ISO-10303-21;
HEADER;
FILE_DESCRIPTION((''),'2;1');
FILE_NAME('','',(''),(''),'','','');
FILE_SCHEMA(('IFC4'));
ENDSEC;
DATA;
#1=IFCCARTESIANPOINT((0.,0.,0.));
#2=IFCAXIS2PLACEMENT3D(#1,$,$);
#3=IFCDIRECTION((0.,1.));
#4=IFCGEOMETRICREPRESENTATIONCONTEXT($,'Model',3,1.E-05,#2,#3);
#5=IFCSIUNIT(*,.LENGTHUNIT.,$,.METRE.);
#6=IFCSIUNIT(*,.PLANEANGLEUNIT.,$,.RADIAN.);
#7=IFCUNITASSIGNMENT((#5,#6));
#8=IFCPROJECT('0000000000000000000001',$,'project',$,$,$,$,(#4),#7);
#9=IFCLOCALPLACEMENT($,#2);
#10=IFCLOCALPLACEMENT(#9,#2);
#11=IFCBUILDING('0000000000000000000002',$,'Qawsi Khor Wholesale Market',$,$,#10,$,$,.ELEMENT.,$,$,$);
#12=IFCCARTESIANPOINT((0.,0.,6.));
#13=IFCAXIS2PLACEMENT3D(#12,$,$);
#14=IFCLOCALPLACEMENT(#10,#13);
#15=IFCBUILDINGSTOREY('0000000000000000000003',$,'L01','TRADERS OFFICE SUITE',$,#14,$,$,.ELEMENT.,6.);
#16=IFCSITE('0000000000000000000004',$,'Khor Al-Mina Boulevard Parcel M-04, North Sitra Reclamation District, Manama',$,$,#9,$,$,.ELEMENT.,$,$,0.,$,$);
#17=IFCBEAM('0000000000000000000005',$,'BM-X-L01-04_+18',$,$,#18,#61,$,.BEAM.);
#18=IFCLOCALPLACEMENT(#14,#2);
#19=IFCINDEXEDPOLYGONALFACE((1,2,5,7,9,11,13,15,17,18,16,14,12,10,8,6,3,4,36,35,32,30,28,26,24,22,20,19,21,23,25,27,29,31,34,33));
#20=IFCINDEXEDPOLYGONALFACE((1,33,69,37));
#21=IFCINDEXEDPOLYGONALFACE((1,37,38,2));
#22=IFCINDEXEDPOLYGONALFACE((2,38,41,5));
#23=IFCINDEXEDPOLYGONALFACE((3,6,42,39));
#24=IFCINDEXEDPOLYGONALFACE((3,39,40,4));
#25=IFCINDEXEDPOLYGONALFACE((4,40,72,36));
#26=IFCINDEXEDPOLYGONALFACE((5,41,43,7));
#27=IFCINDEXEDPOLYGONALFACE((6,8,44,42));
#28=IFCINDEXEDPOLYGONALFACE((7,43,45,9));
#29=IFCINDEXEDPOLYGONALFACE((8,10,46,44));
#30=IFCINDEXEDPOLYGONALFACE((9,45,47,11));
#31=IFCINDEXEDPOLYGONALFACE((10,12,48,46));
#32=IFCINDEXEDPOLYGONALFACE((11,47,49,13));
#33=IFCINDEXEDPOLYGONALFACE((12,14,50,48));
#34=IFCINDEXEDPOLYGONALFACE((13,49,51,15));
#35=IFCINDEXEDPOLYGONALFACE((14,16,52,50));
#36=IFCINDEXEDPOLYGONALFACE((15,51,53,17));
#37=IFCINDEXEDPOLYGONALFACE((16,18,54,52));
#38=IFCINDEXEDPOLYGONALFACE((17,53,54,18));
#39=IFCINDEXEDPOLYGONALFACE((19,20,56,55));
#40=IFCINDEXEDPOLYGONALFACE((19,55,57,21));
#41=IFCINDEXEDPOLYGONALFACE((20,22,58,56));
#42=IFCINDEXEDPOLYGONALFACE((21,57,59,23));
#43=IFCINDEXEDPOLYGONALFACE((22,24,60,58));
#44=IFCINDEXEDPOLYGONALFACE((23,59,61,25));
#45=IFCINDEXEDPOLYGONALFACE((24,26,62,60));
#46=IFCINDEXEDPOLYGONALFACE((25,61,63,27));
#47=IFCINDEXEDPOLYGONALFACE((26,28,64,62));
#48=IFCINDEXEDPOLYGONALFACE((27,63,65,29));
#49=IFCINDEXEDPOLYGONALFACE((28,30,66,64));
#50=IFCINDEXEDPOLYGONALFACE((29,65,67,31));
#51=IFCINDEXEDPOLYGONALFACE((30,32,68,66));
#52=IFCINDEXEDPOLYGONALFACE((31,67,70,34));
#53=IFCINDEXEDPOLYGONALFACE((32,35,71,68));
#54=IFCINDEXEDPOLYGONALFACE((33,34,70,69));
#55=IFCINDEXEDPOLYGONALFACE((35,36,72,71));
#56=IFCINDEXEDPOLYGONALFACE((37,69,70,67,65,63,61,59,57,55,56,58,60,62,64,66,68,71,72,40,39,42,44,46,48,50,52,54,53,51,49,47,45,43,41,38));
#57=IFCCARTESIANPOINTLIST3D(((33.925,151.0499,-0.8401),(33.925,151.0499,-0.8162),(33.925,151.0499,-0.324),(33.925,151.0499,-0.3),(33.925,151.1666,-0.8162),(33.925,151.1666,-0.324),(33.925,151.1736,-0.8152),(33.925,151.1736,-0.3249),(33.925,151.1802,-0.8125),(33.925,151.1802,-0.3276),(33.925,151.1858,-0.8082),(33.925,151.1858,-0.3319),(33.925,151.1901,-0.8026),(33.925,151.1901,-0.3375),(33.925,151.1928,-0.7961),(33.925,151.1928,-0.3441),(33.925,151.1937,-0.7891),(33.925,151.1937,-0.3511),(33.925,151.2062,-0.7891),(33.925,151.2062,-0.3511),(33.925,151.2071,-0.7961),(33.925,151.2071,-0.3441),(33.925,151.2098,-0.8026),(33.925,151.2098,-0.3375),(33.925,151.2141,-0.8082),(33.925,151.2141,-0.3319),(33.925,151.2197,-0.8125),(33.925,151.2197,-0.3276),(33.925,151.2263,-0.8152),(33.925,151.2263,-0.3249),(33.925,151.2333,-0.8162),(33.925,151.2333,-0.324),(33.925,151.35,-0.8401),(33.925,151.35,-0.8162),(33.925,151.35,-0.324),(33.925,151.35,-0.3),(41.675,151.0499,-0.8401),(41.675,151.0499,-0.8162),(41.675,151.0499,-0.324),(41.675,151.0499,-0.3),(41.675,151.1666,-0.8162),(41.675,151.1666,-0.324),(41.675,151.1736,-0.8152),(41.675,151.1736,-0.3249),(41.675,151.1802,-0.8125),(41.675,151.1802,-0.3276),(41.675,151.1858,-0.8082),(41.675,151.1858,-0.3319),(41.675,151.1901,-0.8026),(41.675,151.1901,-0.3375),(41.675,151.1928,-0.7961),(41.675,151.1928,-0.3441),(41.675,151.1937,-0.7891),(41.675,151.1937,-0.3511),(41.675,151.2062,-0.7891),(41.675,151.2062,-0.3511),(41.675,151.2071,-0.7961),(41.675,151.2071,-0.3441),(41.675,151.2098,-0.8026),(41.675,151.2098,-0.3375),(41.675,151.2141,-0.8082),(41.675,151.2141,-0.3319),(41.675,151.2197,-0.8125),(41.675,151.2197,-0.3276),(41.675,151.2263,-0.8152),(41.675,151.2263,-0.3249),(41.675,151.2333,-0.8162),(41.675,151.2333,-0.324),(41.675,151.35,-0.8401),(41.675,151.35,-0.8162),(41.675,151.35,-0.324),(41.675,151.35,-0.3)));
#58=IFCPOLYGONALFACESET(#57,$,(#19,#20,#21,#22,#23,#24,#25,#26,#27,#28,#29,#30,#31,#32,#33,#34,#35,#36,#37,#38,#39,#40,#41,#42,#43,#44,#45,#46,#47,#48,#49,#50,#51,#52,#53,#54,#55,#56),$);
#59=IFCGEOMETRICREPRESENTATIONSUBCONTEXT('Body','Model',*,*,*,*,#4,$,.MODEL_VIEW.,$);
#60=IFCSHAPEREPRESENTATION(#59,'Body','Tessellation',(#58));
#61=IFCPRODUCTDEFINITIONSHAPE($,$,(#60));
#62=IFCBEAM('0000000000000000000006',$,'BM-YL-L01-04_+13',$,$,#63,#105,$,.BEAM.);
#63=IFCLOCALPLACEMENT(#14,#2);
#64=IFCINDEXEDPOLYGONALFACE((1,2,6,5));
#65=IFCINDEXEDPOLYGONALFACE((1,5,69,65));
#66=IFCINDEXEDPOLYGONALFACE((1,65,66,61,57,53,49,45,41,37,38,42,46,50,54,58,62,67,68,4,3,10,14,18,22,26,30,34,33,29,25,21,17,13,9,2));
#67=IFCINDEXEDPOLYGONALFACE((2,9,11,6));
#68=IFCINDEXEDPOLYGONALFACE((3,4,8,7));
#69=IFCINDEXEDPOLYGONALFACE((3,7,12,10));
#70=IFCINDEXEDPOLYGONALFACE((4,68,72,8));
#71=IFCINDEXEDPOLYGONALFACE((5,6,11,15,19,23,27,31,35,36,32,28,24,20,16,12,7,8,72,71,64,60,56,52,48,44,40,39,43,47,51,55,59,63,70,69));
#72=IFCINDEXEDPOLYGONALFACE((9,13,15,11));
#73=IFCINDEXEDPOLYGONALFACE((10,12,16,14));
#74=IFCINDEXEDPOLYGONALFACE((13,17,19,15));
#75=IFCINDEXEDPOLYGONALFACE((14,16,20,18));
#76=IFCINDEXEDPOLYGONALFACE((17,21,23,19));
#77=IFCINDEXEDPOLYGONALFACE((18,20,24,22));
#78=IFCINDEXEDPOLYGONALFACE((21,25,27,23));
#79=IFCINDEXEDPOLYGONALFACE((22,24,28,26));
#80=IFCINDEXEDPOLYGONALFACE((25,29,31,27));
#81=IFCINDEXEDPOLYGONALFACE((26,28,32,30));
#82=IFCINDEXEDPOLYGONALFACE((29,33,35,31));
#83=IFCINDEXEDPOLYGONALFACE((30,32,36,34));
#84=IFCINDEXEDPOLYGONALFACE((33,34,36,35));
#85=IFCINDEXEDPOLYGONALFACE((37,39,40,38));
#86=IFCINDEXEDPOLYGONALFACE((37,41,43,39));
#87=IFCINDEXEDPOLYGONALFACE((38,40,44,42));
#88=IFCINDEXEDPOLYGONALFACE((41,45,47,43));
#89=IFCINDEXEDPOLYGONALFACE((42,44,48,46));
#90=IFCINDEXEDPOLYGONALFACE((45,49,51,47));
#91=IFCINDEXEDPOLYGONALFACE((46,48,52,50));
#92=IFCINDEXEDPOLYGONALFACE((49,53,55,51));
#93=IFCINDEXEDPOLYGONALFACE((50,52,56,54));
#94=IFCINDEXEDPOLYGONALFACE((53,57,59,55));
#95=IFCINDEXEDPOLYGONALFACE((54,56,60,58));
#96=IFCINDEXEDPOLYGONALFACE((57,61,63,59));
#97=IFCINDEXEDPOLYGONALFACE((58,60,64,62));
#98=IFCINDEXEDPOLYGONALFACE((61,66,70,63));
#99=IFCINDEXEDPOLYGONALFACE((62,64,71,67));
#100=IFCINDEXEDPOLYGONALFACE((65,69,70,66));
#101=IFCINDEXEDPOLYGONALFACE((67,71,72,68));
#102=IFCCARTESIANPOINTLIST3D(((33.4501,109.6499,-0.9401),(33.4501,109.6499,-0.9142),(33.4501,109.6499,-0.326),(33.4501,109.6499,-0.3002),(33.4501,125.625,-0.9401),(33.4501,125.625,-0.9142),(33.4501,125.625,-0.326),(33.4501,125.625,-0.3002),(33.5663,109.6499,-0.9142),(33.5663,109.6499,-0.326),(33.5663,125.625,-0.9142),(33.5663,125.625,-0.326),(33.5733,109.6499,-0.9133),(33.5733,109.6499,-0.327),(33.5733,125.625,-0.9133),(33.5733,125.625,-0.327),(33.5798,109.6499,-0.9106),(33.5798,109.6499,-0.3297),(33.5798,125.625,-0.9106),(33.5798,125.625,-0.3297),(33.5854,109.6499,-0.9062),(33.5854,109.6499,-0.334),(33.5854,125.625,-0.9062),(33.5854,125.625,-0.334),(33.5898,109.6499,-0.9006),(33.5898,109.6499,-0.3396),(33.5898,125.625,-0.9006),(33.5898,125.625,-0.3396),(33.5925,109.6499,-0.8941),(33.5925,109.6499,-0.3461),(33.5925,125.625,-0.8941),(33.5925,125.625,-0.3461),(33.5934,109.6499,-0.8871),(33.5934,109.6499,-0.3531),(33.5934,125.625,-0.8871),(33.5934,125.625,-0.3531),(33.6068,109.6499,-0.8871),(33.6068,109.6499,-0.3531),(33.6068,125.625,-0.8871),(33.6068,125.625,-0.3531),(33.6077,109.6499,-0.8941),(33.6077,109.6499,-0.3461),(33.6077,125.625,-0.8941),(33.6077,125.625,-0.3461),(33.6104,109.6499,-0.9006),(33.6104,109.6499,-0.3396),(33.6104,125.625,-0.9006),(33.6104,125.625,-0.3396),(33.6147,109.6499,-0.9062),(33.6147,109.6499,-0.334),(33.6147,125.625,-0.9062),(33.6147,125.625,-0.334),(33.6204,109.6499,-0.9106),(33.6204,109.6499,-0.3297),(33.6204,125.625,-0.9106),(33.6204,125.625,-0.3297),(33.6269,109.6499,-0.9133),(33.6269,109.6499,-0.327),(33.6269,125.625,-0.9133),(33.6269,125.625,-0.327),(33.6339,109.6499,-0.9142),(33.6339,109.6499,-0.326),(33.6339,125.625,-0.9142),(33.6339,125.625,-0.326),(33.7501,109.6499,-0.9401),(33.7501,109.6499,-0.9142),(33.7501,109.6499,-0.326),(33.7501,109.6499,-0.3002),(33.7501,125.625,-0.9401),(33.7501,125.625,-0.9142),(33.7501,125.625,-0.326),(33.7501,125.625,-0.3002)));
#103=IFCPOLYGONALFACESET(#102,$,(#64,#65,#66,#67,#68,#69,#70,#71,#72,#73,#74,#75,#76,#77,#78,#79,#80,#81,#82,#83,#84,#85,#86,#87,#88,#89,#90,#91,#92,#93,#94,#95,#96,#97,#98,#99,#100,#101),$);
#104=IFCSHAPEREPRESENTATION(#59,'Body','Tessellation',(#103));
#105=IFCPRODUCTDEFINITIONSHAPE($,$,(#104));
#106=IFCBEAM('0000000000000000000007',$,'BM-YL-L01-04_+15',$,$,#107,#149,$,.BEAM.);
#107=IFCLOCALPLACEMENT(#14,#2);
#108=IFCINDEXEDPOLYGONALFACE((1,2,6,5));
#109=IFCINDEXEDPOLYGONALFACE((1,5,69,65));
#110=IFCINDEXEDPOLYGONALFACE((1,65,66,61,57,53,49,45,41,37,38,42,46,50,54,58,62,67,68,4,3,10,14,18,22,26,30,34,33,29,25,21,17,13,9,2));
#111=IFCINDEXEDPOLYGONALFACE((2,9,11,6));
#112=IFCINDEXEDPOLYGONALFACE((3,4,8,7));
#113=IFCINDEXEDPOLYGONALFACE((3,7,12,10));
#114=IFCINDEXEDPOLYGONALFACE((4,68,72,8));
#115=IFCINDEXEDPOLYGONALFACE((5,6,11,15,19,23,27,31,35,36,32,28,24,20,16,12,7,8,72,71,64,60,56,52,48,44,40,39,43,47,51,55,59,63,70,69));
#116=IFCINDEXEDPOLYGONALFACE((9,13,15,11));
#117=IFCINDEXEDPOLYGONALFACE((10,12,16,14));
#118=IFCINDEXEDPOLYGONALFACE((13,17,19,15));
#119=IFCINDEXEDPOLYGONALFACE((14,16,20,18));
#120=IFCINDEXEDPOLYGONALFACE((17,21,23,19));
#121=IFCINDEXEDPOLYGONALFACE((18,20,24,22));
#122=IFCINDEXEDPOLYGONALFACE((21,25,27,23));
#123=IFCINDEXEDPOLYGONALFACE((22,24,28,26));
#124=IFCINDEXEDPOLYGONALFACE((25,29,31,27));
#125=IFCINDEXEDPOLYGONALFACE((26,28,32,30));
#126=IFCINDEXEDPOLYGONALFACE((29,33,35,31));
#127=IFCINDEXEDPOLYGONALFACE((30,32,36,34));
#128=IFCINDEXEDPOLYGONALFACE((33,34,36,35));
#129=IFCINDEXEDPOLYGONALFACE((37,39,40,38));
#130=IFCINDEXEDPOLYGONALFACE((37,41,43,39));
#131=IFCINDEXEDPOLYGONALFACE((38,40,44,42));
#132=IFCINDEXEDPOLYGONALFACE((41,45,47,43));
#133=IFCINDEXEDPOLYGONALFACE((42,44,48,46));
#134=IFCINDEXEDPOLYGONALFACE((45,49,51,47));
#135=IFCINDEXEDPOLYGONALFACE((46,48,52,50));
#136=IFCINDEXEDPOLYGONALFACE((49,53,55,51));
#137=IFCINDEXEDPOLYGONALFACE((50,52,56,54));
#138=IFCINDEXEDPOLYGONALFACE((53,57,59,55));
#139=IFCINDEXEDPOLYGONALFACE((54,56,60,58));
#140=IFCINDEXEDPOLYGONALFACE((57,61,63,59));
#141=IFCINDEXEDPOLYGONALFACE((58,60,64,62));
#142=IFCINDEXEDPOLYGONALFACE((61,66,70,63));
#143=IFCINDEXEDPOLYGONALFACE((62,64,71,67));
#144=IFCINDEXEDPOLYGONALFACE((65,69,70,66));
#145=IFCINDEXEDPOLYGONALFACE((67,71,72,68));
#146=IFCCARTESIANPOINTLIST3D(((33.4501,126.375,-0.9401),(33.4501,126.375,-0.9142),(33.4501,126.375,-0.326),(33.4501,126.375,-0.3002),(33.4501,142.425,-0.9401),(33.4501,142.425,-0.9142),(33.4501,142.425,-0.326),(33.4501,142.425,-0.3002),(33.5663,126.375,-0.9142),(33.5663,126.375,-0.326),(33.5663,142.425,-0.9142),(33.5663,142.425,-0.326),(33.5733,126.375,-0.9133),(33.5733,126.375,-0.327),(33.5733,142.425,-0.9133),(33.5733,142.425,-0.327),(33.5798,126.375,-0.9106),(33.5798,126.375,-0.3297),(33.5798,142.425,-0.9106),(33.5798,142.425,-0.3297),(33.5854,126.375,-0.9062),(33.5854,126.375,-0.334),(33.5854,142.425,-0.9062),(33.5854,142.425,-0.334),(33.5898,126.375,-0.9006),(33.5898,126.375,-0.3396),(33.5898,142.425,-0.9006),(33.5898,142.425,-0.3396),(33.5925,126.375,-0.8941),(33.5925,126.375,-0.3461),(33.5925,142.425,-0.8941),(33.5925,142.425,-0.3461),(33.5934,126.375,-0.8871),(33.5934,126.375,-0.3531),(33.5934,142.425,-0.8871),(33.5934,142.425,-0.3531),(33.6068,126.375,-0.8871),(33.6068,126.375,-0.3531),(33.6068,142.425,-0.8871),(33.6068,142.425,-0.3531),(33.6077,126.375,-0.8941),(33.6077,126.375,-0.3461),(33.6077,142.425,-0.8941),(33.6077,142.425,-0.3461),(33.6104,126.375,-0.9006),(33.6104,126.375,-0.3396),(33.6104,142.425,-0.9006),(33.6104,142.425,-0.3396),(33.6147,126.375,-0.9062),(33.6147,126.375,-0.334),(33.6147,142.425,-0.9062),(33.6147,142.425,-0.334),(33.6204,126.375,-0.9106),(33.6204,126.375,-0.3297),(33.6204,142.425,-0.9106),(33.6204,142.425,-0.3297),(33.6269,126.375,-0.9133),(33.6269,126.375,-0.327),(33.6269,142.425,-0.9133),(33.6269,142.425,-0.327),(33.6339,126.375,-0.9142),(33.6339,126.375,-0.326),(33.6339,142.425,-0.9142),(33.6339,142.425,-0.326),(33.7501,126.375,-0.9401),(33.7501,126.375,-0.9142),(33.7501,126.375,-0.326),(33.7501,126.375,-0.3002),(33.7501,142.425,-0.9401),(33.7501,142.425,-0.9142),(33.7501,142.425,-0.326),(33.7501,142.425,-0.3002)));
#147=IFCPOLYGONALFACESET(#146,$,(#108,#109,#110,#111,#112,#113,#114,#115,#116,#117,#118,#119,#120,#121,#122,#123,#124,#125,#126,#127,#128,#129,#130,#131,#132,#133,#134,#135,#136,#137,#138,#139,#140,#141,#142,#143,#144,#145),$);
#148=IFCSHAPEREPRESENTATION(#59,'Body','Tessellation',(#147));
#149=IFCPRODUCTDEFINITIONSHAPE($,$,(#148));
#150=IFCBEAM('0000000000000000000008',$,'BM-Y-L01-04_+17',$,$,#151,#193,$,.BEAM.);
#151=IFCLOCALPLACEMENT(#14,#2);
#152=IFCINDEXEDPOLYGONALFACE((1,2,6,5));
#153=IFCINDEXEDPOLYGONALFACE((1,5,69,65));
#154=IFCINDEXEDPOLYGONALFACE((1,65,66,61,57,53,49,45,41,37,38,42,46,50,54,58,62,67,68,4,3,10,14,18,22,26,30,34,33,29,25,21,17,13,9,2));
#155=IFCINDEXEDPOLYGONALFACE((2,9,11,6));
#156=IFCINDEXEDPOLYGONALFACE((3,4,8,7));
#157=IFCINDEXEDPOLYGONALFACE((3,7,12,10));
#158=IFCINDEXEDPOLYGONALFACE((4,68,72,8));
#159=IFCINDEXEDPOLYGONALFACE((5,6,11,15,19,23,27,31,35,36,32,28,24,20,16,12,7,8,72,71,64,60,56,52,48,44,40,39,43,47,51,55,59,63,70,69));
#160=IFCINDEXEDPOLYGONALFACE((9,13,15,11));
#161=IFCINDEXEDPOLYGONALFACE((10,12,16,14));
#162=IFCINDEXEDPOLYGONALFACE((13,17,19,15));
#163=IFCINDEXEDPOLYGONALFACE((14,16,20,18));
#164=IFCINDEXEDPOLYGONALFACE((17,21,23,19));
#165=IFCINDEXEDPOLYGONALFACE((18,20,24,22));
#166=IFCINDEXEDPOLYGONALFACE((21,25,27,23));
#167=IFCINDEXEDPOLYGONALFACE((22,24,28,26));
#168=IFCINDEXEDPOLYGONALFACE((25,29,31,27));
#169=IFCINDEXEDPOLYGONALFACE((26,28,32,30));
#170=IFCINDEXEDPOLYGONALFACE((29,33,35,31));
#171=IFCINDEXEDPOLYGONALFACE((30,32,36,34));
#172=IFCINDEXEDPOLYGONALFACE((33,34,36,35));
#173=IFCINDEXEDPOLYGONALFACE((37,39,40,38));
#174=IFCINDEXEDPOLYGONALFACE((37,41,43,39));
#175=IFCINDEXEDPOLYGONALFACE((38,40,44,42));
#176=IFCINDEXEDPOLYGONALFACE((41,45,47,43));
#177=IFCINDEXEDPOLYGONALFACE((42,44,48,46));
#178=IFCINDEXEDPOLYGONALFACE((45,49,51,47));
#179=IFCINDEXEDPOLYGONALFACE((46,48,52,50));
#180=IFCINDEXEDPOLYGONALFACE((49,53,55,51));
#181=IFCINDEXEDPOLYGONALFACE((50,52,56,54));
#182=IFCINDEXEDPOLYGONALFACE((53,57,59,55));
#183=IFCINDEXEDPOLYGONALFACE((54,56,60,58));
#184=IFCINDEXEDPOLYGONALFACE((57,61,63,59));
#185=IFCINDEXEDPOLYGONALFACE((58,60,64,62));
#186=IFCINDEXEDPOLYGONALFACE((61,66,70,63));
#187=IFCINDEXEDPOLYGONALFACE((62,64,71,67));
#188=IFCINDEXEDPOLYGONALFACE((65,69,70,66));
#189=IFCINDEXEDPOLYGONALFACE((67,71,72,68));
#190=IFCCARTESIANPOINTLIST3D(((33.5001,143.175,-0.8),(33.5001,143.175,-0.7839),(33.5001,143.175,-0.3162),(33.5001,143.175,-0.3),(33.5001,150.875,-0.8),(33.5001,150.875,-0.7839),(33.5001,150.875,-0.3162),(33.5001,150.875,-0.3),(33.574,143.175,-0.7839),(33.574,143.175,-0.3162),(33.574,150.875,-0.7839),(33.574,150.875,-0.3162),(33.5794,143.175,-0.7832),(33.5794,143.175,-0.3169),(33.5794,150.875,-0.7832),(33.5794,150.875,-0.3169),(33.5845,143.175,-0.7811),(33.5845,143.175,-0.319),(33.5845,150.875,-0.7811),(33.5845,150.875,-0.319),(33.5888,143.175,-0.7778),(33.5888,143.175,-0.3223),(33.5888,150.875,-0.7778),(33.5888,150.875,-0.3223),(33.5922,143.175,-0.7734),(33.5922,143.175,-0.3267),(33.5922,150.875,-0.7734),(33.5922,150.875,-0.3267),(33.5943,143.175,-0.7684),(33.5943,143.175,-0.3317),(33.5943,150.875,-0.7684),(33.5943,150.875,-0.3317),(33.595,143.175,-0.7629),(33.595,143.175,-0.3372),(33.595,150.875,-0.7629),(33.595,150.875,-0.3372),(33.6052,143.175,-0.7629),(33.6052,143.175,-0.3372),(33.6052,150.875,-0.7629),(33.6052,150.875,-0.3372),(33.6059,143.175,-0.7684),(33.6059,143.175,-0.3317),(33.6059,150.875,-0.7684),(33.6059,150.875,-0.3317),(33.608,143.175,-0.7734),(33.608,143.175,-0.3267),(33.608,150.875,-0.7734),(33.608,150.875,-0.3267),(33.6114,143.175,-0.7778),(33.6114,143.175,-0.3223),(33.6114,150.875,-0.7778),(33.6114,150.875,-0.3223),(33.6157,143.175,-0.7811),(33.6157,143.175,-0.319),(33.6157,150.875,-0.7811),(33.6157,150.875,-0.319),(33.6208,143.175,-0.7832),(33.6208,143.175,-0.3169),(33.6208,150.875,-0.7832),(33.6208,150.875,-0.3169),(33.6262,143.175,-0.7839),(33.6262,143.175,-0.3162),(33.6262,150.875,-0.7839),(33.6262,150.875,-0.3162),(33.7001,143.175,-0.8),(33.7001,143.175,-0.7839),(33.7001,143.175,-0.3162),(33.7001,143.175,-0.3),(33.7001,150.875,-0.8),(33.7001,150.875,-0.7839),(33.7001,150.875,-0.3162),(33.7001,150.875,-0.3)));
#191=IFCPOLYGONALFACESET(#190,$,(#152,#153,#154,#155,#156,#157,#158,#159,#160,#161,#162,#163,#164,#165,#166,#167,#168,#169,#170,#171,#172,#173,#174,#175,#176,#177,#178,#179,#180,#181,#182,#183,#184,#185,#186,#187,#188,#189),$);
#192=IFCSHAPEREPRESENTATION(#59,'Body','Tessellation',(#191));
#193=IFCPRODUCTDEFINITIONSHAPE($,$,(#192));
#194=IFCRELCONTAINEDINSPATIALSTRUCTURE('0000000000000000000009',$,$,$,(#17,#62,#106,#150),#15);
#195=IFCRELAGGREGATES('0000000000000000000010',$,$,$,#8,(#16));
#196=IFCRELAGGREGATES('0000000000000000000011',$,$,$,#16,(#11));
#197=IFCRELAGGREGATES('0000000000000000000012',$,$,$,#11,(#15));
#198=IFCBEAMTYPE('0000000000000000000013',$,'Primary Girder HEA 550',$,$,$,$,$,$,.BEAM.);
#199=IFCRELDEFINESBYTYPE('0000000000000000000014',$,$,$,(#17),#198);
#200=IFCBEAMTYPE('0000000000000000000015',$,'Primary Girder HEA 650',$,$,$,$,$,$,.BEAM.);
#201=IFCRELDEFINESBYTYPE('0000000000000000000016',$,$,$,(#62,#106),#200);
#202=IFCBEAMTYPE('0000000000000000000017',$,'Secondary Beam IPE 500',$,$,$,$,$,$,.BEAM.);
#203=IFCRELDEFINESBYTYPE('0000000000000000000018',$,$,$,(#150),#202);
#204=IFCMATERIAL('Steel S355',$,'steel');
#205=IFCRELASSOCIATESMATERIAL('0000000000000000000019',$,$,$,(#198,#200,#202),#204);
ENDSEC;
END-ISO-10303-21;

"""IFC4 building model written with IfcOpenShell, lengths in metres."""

from ifc_helpers import new_model, si_unit, direction, frame, origin, origin_2d, place, context, subcontext, project, spatial, i_section, extrude, material, material_profile, profile_set, type_object, element, save


model = new_model("IFC4")

# Units and contexts
model_context = context("Model", 3, precision=1e-05, world=origin(), true_north=direction((0.0, 1.0)))
body_context = subcontext(model_context, "Body", "Model", "MODEL_VIEW")
ifc_project = project(units=[si_unit("LENGTHUNIT", "METRE"), si_unit("PLANEANGLEUNIT", "RADIAN")], contexts=[model_context])

# Site, building, storey
site_placement = place(None, origin())
site = spatial("IfcSite", under=ifc_project, at=site_placement, Name="Khor Al-Mina Boulevard Parcel M-04, North Sitra Reclamation District, Manama", CompositionType="ELEMENT", RefElevation=0.0)
building_placement = place(site_placement, origin())
building = spatial("IfcBuilding", under=site, at=building_placement, Name="Qawsi Khor Wholesale Market", CompositionType="ELEMENT")
storey_placement = place(building_placement, frame((0.0, 0.0, 6.0)))
storey = spatial("IfcBuildingStorey", under=building, at=storey_placement, Name="L01", Description="TRADERS OFFICE SUITE", CompositionType="ELEMENT", Elevation=6.0)

# Beams
ifc_material_1 = material(Name="Steel S355", Category="steel")
ifc_material_profile_1 = material_profile(ifc_material_1, i_section(OverallWidth=0.3, OverallDepth=0.54, WebThickness=0.0125, FlangeThickness=0.0239, FilletRadius=0.0271, at=origin_2d()), Name="HEA 550")
ifc_profile_set_1 = profile_set([ifc_material_profile_1], Name="Steel S355")
beam_type_1 = type_object("IfcBeamType", Name="Primary Girder HEA 550", PredefinedType="BEAM", material=ifc_profile_set_1)
beam_1_placement = place(storey_placement, frame((33.925, 151.2, -0.5701), z_axis=(1.0, 0.0, 0.0), x_axis=(0.0, 1.0, 0.0)))
element("IfcBeam", 1, at=beam_1_placement, inside=storey, type_object=beam_type_1, Name="BM-X-L01-04_+18", PredefinedType="BEAM", context=body_context, shape_type="SweptSolid", body=[
    extrude(i_section(OverallWidth=0.3, OverallDepth=0.54, WebThickness=0.0125, FlangeThickness=0.0239, FilletRadius=0.0271, at=origin_2d()), origin(), (0.0, 0.0, 1.0), 7.75),
])
ifc_material_profile_2 = material_profile(ifc_material_1, i_section(OverallWidth=0.3, OverallDepth=0.6399, WebThickness=0.0134, FlangeThickness=0.0259, FilletRadius=0.0271, at=origin_2d()), Name="HEA 650")
ifc_profile_set_2 = profile_set([ifc_material_profile_2], Name="Steel S355")
beam_type_2 = type_object("IfcBeamType", Name="Primary Girder HEA 650", PredefinedType="BEAM", material=ifc_profile_set_2)
beam_2_placement = place(storey_placement, frame((33.6001, 109.6499, -0.6201), z_axis=(0.0, 1.0, 0.0), x_axis=(-1.0, 0.0, 0.0)))
element("IfcBeam", 2, at=beam_2_placement, inside=storey, type_object=beam_type_2, Name="BM-YL-L01-04_+13", PredefinedType="BEAM", context=body_context, shape_type="SweptSolid", body=[
    extrude(i_section(OverallWidth=0.3, OverallDepth=0.6399, WebThickness=0.0134, FlangeThickness=0.0259, FilletRadius=0.0271, at=origin_2d()), origin(), (0.0, 0.0, 1.0), 15.9751),
])
beam_3_placement = place(storey_placement, frame((33.6001, 126.375, -0.6201), z_axis=(0.0, 1.0, 0.0), x_axis=(-1.0, 0.0, 0.0)))
element("IfcBeam", 3, at=beam_3_placement, inside=storey, type_object=beam_type_2, Name="BM-YL-L01-04_+15", PredefinedType="BEAM", context=body_context, shape_type="SweptSolid", body=[
    extrude(i_section(OverallWidth=0.3, OverallDepth=0.6399, WebThickness=0.0134, FlangeThickness=0.0259, FilletRadius=0.0271, at=origin_2d()), origin(), (0.0, 0.0, 1.0), 16.05),
])
ifc_material_profile_3 = material_profile(ifc_material_1, i_section(OverallWidth=0.2, OverallDepth=0.5, WebThickness=0.0103, FlangeThickness=0.0161, FilletRadius=0.021, at=origin_2d()), Name="IPE 500")
ifc_profile_set_3 = profile_set([ifc_material_profile_3], Name="Steel S355")
beam_type_3 = type_object("IfcBeamType", Name="Secondary Beam IPE 500", PredefinedType="BEAM", material=ifc_profile_set_3)
beam_4_placement = place(storey_placement, frame((33.6001, 143.175, -0.55), z_axis=(0.0, 1.0, 0.0), x_axis=(-1.0, 0.0, 0.0)))
element("IfcBeam", 4, at=beam_4_placement, inside=storey, type_object=beam_type_3, Name="BM-Y-L01-04_+17", PredefinedType="BEAM", context=body_context, shape_type="SweptSolid", body=[
    extrude(i_section(OverallWidth=0.2, OverallDepth=0.5, WebThickness=0.0103, FlangeThickness=0.0161, FilletRadius=0.021, at=origin_2d()), origin(), (0.0, 0.0, 1.0), 7.7),
])

save(model, "model.ifc")
